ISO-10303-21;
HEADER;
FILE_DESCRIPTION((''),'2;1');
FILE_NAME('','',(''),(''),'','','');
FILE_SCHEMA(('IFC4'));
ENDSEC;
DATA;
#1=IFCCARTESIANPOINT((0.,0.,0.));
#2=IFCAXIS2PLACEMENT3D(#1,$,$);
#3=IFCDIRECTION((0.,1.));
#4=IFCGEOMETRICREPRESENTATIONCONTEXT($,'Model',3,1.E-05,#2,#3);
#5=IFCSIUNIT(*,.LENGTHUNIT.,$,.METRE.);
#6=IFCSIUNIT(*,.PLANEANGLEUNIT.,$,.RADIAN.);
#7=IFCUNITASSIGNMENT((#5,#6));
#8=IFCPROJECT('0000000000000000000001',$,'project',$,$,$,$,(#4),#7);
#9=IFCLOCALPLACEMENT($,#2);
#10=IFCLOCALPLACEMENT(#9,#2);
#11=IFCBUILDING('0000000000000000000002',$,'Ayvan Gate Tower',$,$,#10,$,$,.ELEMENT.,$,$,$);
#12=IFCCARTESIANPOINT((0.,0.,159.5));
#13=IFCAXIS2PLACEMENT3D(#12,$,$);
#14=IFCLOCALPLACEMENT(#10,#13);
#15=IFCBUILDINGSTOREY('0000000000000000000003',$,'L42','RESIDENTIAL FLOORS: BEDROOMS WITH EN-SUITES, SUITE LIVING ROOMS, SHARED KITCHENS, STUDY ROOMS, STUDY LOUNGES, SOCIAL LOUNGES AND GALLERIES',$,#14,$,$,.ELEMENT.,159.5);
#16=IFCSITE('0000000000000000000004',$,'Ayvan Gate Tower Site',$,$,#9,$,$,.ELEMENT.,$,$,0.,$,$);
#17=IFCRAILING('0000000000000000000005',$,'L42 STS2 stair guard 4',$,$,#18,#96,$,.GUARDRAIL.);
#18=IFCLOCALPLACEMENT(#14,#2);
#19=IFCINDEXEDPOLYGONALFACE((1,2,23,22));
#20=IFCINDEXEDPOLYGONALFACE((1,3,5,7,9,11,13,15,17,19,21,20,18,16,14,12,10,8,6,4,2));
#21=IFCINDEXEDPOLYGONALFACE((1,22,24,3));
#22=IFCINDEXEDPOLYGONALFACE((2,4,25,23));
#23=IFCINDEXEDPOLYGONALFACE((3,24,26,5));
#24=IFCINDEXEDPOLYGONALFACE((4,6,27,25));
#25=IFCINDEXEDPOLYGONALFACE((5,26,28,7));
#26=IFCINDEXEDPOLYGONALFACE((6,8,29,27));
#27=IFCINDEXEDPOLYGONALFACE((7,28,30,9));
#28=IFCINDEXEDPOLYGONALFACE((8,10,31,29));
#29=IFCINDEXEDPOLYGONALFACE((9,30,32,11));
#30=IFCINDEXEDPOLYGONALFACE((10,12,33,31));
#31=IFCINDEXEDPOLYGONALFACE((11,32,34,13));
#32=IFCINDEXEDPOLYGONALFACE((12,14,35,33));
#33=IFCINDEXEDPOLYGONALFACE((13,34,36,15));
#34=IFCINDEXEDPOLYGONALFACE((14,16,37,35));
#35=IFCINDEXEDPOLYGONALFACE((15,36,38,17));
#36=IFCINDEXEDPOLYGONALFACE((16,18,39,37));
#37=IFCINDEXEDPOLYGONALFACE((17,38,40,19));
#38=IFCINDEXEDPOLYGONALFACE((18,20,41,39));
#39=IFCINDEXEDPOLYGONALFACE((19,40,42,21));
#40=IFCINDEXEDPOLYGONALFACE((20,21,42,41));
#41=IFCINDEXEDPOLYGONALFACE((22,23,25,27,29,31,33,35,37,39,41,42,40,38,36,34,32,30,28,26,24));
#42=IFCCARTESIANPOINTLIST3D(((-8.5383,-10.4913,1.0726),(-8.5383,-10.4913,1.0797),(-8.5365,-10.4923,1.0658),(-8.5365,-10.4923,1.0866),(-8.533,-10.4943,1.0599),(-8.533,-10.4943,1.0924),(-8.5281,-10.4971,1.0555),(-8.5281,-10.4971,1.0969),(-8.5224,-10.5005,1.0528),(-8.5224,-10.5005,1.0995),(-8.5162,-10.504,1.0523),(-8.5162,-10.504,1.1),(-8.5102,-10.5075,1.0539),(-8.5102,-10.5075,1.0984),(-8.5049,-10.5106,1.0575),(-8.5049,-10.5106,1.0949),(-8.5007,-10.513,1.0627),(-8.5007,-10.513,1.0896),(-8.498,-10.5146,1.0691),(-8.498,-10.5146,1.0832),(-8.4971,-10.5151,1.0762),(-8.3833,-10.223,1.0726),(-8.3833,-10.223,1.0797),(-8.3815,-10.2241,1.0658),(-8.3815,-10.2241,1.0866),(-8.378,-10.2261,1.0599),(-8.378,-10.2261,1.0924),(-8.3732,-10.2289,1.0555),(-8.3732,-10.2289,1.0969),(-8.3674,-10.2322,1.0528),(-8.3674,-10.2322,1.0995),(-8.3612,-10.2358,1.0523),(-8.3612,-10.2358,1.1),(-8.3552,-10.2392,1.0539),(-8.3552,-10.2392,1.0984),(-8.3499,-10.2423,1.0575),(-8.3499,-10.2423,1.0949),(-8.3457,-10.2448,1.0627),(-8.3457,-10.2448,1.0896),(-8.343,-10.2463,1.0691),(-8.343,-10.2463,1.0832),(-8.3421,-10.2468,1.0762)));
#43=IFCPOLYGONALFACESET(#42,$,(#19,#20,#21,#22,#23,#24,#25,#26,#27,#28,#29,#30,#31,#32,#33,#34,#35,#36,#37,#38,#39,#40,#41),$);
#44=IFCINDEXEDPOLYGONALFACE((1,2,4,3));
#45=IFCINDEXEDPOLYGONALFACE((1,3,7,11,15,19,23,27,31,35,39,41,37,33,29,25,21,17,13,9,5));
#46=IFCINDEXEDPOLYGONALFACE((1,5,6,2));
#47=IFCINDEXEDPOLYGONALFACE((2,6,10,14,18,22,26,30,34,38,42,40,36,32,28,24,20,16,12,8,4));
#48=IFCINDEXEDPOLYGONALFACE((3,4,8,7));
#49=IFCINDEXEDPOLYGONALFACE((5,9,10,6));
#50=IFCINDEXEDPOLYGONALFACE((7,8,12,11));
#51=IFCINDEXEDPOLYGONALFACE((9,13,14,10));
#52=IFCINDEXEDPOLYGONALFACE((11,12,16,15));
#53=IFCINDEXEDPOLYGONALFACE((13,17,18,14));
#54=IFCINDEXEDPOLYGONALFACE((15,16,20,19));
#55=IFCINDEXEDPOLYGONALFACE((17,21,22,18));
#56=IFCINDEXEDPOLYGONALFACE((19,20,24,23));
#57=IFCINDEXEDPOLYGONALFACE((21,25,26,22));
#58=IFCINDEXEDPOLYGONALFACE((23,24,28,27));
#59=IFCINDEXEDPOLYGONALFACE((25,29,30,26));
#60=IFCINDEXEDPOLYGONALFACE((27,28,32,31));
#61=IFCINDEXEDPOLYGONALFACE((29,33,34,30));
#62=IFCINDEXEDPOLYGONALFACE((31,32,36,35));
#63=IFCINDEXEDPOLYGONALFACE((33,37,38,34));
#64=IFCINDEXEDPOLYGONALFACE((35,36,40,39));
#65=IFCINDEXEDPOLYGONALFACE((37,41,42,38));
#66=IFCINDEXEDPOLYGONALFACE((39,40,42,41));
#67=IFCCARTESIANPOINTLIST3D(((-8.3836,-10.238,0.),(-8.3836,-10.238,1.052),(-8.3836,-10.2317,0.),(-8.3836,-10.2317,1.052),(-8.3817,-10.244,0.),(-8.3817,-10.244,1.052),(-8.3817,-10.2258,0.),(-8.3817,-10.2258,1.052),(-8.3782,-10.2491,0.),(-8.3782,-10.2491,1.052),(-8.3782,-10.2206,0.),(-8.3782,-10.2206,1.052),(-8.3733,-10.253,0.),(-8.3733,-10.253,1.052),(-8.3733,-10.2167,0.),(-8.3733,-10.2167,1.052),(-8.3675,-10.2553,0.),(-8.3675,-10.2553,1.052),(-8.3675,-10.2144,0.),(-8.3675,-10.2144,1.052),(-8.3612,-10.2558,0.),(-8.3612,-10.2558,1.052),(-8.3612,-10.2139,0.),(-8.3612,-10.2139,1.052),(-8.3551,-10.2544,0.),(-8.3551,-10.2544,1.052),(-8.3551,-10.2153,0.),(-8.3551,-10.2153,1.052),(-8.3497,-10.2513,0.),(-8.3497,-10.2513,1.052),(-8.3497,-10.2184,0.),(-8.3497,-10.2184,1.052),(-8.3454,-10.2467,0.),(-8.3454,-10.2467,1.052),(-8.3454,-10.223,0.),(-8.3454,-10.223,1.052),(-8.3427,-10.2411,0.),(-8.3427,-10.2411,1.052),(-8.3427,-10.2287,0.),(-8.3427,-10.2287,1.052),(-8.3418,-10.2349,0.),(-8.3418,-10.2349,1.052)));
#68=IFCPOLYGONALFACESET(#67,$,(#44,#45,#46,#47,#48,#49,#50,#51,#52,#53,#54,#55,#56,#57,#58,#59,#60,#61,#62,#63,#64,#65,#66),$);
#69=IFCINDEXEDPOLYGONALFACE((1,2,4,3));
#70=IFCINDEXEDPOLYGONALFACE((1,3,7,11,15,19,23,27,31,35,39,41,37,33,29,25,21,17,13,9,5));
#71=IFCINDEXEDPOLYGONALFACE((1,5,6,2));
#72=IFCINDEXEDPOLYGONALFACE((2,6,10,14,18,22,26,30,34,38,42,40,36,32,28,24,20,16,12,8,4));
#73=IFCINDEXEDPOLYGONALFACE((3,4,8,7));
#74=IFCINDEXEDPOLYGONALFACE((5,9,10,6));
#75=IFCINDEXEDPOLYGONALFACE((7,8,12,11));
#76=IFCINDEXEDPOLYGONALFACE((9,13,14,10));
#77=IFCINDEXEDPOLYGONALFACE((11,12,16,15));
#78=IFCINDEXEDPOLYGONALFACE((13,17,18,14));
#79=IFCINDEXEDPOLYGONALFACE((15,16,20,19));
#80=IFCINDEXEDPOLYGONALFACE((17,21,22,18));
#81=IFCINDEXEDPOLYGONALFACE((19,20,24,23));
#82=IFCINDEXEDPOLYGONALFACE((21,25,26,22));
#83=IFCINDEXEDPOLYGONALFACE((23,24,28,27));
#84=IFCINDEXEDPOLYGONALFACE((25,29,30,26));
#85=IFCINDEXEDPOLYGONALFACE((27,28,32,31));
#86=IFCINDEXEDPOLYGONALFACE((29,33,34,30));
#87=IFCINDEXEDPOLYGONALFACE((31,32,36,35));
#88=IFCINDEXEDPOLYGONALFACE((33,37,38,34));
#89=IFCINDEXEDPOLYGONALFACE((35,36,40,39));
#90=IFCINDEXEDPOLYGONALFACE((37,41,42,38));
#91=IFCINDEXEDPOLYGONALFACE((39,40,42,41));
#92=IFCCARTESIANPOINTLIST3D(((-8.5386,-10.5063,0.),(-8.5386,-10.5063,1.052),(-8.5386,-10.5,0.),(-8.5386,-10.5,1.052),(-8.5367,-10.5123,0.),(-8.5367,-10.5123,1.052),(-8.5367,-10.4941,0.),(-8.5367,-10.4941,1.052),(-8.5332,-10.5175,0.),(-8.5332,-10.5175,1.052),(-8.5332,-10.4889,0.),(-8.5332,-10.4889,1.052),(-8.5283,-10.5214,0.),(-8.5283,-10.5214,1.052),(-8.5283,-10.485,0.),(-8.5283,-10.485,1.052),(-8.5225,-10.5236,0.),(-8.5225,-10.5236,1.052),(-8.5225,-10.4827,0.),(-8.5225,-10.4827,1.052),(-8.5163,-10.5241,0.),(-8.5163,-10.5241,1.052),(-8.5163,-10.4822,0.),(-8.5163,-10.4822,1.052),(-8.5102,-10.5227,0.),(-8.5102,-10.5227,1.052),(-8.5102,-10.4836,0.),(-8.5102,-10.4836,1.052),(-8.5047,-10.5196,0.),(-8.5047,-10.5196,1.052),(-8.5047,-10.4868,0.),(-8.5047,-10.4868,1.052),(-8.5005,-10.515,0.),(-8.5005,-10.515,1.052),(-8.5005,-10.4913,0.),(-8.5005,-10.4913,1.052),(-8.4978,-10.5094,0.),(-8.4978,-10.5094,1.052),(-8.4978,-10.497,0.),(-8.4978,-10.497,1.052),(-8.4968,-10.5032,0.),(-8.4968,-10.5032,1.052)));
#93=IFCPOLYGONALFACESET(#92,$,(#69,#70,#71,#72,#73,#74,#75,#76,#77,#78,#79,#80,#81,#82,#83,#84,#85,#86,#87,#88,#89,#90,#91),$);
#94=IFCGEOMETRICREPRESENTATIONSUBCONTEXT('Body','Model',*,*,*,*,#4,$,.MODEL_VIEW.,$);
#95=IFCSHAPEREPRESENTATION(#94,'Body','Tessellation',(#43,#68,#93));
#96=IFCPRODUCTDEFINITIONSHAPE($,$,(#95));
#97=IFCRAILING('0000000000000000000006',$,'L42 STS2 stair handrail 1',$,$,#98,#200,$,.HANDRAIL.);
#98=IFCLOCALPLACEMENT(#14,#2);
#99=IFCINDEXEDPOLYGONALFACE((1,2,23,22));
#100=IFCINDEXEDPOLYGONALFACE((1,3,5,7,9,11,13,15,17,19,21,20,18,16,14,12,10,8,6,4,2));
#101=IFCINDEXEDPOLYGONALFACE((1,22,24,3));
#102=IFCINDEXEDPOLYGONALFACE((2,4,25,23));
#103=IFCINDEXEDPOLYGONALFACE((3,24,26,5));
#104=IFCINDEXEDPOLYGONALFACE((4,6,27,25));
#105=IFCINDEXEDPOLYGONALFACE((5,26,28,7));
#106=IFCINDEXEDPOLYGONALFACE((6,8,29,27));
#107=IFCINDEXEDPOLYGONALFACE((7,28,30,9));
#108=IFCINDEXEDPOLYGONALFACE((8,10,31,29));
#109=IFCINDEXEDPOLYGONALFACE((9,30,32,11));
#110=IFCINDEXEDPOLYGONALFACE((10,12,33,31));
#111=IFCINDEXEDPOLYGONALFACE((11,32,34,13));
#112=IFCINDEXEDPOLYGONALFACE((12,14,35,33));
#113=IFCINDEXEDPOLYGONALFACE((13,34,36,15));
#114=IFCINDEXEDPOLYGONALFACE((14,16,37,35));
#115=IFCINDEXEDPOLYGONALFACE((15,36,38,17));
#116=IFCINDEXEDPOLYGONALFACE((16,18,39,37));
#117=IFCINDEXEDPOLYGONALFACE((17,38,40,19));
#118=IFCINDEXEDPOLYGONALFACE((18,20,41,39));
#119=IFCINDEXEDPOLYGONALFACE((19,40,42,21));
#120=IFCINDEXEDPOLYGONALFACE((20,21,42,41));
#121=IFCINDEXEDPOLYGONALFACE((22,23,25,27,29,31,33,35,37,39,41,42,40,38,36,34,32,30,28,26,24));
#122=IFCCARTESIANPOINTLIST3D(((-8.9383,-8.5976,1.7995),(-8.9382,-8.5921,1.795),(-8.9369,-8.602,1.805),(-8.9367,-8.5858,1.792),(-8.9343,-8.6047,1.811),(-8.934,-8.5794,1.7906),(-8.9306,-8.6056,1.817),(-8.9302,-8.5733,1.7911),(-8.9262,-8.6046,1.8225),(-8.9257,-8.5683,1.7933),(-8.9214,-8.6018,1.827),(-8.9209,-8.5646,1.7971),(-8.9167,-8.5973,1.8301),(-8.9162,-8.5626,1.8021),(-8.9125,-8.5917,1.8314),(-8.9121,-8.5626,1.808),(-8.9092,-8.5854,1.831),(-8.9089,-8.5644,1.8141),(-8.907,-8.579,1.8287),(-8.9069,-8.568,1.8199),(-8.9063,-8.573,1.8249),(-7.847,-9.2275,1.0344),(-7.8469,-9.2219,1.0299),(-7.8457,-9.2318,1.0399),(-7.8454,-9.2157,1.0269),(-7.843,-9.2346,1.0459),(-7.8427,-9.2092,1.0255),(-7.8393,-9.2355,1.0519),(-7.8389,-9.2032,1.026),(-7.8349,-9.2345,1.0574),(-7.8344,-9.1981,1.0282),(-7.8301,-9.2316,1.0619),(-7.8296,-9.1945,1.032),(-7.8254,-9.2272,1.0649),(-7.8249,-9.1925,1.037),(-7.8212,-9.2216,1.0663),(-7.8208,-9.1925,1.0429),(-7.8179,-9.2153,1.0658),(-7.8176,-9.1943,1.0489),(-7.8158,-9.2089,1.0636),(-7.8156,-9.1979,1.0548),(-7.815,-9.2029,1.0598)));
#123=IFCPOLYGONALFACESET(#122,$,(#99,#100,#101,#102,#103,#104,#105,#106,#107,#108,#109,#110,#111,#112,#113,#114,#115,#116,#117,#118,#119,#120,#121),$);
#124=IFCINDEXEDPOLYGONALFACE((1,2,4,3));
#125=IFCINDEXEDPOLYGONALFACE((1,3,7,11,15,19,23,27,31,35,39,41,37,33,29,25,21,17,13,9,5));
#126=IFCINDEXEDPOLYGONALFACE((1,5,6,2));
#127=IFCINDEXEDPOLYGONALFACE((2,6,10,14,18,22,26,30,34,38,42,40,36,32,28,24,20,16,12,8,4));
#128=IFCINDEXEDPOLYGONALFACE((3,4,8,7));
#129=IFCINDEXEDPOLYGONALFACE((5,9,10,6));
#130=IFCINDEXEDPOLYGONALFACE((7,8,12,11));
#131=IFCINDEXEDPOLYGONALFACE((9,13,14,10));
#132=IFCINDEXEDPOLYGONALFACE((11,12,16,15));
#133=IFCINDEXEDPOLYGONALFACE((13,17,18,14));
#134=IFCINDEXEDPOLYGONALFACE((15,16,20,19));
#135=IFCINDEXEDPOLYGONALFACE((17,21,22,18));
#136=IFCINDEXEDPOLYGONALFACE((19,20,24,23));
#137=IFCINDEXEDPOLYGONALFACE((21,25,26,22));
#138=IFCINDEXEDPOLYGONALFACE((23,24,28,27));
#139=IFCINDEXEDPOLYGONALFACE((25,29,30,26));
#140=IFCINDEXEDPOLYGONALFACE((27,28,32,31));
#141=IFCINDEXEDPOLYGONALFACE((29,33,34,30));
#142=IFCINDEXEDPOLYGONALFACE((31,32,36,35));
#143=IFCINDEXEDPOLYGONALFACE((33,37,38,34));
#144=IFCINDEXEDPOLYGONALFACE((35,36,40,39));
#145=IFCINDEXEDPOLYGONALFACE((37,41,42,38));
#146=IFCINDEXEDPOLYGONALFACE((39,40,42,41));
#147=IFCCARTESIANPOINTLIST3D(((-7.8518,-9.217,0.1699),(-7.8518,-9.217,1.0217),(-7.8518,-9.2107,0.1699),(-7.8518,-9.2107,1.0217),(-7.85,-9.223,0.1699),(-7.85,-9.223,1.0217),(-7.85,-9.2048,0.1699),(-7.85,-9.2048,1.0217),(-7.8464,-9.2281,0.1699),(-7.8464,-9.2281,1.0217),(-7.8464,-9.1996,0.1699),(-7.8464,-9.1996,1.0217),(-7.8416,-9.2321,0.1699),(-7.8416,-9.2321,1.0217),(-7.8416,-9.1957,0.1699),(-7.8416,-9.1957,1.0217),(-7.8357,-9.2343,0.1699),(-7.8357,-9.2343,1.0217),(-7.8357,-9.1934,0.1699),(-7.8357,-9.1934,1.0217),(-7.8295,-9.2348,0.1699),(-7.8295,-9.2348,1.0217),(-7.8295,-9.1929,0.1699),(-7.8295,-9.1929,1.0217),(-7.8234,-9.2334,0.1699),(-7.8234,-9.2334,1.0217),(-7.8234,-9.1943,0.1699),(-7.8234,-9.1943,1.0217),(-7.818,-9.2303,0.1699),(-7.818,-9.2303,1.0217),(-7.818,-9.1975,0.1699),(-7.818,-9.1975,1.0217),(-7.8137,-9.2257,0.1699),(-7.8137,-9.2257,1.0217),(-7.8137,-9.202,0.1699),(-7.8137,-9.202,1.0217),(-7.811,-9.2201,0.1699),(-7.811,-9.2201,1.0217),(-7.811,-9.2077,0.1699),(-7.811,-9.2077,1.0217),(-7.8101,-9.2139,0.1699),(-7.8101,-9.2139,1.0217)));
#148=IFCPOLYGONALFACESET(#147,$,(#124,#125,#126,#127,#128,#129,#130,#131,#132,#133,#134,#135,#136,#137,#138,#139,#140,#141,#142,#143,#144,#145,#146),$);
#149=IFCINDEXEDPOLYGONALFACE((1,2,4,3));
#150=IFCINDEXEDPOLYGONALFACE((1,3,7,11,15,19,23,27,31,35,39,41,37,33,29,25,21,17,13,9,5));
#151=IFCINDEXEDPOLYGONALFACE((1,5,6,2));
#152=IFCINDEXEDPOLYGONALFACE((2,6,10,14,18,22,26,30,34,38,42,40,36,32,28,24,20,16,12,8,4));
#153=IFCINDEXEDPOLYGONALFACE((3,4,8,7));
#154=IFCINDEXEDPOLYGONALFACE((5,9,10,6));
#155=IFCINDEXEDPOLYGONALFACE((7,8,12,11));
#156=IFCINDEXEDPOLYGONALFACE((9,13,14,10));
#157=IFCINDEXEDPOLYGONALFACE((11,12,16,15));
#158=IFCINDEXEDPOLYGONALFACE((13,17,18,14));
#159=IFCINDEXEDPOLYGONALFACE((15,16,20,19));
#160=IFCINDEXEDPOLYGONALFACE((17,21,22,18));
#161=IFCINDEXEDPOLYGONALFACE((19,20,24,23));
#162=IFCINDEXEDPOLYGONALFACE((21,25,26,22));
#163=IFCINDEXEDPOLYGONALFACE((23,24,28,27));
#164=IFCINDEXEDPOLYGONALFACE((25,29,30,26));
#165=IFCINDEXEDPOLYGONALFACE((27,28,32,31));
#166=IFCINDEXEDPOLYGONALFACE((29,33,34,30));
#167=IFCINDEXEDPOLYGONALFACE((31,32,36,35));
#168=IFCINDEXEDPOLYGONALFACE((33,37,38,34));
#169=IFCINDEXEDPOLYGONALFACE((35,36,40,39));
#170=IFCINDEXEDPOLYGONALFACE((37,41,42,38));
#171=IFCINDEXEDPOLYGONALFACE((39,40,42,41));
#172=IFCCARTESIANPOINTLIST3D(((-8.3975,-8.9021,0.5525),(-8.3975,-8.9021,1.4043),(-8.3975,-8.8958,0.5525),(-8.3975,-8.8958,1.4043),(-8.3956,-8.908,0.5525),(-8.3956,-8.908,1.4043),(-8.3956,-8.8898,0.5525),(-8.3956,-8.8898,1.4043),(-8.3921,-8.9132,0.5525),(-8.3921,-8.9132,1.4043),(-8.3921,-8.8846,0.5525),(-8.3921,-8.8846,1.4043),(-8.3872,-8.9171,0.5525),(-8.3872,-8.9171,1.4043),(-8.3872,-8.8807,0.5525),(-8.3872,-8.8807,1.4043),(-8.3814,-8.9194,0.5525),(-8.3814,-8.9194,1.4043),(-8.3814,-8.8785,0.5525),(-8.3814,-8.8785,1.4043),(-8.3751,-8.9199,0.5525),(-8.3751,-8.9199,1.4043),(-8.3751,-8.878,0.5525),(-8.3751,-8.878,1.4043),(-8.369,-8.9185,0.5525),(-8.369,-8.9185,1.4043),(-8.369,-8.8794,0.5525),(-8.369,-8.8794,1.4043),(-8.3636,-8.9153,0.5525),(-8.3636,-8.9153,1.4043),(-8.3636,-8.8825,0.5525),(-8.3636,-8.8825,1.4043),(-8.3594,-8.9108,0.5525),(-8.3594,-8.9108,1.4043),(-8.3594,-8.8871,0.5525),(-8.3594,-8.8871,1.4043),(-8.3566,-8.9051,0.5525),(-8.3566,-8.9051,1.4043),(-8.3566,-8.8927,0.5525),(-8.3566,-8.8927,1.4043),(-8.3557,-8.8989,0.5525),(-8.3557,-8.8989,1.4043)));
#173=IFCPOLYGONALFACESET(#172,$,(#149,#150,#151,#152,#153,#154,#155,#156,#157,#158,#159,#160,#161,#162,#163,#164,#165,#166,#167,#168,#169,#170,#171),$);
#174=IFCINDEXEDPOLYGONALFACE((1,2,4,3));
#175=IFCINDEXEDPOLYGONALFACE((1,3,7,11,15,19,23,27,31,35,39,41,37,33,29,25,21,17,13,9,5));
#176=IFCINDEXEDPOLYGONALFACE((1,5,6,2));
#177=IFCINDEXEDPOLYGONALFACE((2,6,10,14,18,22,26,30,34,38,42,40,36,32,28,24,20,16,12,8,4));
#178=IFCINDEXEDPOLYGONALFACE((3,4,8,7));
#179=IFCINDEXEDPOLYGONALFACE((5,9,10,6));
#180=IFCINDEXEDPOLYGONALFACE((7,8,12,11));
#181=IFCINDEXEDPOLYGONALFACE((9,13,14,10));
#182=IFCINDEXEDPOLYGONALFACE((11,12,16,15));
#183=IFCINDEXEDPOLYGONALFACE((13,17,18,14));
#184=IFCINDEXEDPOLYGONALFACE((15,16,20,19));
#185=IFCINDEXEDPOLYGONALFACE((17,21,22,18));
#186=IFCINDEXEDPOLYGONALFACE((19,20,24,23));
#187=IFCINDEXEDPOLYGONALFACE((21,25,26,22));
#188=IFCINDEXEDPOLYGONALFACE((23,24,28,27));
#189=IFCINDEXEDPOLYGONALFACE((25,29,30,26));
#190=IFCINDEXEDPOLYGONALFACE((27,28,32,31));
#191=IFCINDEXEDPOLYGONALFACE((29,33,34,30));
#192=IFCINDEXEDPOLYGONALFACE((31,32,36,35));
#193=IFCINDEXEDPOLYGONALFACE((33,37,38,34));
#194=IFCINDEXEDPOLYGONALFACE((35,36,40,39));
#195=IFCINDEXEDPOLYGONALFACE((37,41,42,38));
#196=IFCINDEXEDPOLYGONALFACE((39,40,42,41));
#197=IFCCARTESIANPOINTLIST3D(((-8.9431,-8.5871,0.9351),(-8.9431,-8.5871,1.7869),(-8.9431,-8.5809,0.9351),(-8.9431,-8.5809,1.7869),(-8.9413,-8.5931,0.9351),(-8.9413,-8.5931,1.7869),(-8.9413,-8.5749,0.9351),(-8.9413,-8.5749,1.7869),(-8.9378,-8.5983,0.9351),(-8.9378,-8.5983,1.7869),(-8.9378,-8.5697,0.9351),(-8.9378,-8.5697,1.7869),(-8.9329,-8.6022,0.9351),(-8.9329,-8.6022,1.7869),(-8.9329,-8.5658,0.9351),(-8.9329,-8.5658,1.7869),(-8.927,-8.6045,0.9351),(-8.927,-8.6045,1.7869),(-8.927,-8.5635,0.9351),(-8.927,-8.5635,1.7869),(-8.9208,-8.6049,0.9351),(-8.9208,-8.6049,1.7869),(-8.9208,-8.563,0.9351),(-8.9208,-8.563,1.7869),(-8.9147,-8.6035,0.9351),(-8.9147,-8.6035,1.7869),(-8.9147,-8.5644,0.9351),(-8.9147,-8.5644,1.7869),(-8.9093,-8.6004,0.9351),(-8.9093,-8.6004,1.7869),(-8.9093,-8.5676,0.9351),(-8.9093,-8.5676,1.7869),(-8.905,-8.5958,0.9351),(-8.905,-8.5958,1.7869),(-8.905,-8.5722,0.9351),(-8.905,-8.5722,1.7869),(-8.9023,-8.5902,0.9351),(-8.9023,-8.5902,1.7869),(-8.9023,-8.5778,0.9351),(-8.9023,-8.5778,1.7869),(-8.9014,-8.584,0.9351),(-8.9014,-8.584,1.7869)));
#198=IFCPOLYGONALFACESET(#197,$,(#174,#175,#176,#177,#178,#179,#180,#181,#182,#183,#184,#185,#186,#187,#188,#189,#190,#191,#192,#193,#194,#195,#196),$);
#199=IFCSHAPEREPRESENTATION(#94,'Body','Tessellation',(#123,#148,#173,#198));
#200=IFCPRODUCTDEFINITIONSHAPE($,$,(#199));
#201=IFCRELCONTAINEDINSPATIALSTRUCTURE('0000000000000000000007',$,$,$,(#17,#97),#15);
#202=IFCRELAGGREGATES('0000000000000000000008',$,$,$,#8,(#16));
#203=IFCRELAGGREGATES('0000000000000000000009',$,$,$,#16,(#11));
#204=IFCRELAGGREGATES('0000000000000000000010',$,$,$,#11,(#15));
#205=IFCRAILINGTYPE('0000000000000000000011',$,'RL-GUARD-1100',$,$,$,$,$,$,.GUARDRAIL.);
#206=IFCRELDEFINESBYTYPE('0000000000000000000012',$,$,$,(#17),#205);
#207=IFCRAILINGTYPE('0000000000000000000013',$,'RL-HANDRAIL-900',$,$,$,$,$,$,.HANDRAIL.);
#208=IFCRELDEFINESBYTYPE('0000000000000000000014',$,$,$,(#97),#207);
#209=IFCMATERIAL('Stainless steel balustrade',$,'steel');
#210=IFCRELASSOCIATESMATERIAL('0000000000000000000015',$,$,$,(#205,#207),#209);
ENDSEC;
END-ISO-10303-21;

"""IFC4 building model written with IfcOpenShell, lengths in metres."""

from ifc_helpers import new_model, si_unit, direction, frame, origin, origin_2d, place, context, subcontext, project, spatial, circle, extrude, material, type_object, element, save


model = new_model("IFC4")

# Units and contexts
model_context = context("Model", 3, precision=1e-05, world=origin(), true_north=direction((0.0, 1.0)))
body_context = subcontext(model_context, "Body", "Model", "MODEL_VIEW")
ifc_project = project(units=[si_unit("LENGTHUNIT", "METRE"), si_unit("PLANEANGLEUNIT", "RADIAN")], contexts=[model_context])

# Site, building, storey
site_placement = place(None, origin())
site = spatial("IfcSite", under=ifc_project, at=site_placement, Name="Ayvan Gate Tower Site", CompositionType="ELEMENT", RefElevation=0.0)
building_placement = place(site_placement, origin())
building = spatial("IfcBuilding", under=site, at=building_placement, Name="Ayvan Gate Tower", CompositionType="ELEMENT")
storey_placement = place(building_placement, frame((0.0, 0.0, 159.5)))
storey = spatial("IfcBuildingStorey", under=building, at=storey_placement, Name="L42", Description="RESIDENTIAL FLOORS: BEDROOMS WITH EN-SUITES, SUITE LIVING ROOMS, SHARED KITCHENS, STUDY ROOMS, STUDY LOUNGES, SOCIAL LOUNGES AND GALLERIES", CompositionType="ELEMENT", Elevation=159.5)

# Railings
ifc_material_1 = material(Name="Stainless steel balustrade", Category="steel")
railing_type_1 = type_object("IfcRailingType", Name="RL-GUARD-1100", PredefinedType="GUARDRAIL", material=ifc_material_1)
railing_1_placement = place(storey_placement, frame((-8.3628, -10.2349, 0.0)))
element("IfcRailing", 1, at=railing_1_placement, inside=storey, type_object=railing_type_1, Name="L42 STS2 stair guard 4", PredefinedType="GUARDRAIL", context=body_context, shape_type="SweptSolid", body=[
    extrude(circle(Radius=0.0239, at=origin_2d()), frame((0.0, 0.0, 1.0762), z_axis=(-0.500291, -0.865857, 0.0), x_axis=(0.865857, -0.500291, 0.0)), (0.0, 0.0, 1.0), 0.3098),
    extrude(circle(Radius=0.021, at=origin_2d()), origin(), (0.0, 0.0, 1.0), 1.052),
    extrude(circle(Radius=0.021, at=origin_2d()), frame((-0.155, -0.2683, 0.0)), (0.0, 0.0, 1.0), 1.052),
])
railing_type_2 = type_object("IfcRailingType", Name="RL-HANDRAIL-900", PredefinedType="HANDRAIL", material=ifc_material_1)
railing_2_placement = place(storey_placement, frame((-7.8311, -9.2139, 0.1699)))
element("IfcRailing", 2, at=railing_2_placement, inside=storey, type_object=railing_type_2, Name="L42 STS2 stair handrail 1", PredefinedType="HANDRAIL", context=body_context, shape_type="SweptSolid", body=[
    extrude(circle(Radius=0.0239, at=origin_2d()), frame((0.0, 0.0, 0.876), z_axis=(-0.740293, 0.427283, 0.519033), x_axis=(-0.49989, -0.866089, 0.0)), (0.0, 0.0, 1.0), 1.4741),
    extrude(circle(Radius=0.021, at=origin_2d()), origin(), (0.0, 0.0, 1.0), 0.8518),
    extrude(circle(Radius=0.021, at=origin_2d()), frame((-0.5457, 0.3149, 0.3826)), (0.0, 0.0, 1.0), 0.8518),
    extrude(circle(Radius=0.021, at=origin_2d()), frame((-1.0913, 0.6299, 0.7651)), (0.0, 0.0, 1.0), 0.8518),
])

save(model, "model.ifc")
